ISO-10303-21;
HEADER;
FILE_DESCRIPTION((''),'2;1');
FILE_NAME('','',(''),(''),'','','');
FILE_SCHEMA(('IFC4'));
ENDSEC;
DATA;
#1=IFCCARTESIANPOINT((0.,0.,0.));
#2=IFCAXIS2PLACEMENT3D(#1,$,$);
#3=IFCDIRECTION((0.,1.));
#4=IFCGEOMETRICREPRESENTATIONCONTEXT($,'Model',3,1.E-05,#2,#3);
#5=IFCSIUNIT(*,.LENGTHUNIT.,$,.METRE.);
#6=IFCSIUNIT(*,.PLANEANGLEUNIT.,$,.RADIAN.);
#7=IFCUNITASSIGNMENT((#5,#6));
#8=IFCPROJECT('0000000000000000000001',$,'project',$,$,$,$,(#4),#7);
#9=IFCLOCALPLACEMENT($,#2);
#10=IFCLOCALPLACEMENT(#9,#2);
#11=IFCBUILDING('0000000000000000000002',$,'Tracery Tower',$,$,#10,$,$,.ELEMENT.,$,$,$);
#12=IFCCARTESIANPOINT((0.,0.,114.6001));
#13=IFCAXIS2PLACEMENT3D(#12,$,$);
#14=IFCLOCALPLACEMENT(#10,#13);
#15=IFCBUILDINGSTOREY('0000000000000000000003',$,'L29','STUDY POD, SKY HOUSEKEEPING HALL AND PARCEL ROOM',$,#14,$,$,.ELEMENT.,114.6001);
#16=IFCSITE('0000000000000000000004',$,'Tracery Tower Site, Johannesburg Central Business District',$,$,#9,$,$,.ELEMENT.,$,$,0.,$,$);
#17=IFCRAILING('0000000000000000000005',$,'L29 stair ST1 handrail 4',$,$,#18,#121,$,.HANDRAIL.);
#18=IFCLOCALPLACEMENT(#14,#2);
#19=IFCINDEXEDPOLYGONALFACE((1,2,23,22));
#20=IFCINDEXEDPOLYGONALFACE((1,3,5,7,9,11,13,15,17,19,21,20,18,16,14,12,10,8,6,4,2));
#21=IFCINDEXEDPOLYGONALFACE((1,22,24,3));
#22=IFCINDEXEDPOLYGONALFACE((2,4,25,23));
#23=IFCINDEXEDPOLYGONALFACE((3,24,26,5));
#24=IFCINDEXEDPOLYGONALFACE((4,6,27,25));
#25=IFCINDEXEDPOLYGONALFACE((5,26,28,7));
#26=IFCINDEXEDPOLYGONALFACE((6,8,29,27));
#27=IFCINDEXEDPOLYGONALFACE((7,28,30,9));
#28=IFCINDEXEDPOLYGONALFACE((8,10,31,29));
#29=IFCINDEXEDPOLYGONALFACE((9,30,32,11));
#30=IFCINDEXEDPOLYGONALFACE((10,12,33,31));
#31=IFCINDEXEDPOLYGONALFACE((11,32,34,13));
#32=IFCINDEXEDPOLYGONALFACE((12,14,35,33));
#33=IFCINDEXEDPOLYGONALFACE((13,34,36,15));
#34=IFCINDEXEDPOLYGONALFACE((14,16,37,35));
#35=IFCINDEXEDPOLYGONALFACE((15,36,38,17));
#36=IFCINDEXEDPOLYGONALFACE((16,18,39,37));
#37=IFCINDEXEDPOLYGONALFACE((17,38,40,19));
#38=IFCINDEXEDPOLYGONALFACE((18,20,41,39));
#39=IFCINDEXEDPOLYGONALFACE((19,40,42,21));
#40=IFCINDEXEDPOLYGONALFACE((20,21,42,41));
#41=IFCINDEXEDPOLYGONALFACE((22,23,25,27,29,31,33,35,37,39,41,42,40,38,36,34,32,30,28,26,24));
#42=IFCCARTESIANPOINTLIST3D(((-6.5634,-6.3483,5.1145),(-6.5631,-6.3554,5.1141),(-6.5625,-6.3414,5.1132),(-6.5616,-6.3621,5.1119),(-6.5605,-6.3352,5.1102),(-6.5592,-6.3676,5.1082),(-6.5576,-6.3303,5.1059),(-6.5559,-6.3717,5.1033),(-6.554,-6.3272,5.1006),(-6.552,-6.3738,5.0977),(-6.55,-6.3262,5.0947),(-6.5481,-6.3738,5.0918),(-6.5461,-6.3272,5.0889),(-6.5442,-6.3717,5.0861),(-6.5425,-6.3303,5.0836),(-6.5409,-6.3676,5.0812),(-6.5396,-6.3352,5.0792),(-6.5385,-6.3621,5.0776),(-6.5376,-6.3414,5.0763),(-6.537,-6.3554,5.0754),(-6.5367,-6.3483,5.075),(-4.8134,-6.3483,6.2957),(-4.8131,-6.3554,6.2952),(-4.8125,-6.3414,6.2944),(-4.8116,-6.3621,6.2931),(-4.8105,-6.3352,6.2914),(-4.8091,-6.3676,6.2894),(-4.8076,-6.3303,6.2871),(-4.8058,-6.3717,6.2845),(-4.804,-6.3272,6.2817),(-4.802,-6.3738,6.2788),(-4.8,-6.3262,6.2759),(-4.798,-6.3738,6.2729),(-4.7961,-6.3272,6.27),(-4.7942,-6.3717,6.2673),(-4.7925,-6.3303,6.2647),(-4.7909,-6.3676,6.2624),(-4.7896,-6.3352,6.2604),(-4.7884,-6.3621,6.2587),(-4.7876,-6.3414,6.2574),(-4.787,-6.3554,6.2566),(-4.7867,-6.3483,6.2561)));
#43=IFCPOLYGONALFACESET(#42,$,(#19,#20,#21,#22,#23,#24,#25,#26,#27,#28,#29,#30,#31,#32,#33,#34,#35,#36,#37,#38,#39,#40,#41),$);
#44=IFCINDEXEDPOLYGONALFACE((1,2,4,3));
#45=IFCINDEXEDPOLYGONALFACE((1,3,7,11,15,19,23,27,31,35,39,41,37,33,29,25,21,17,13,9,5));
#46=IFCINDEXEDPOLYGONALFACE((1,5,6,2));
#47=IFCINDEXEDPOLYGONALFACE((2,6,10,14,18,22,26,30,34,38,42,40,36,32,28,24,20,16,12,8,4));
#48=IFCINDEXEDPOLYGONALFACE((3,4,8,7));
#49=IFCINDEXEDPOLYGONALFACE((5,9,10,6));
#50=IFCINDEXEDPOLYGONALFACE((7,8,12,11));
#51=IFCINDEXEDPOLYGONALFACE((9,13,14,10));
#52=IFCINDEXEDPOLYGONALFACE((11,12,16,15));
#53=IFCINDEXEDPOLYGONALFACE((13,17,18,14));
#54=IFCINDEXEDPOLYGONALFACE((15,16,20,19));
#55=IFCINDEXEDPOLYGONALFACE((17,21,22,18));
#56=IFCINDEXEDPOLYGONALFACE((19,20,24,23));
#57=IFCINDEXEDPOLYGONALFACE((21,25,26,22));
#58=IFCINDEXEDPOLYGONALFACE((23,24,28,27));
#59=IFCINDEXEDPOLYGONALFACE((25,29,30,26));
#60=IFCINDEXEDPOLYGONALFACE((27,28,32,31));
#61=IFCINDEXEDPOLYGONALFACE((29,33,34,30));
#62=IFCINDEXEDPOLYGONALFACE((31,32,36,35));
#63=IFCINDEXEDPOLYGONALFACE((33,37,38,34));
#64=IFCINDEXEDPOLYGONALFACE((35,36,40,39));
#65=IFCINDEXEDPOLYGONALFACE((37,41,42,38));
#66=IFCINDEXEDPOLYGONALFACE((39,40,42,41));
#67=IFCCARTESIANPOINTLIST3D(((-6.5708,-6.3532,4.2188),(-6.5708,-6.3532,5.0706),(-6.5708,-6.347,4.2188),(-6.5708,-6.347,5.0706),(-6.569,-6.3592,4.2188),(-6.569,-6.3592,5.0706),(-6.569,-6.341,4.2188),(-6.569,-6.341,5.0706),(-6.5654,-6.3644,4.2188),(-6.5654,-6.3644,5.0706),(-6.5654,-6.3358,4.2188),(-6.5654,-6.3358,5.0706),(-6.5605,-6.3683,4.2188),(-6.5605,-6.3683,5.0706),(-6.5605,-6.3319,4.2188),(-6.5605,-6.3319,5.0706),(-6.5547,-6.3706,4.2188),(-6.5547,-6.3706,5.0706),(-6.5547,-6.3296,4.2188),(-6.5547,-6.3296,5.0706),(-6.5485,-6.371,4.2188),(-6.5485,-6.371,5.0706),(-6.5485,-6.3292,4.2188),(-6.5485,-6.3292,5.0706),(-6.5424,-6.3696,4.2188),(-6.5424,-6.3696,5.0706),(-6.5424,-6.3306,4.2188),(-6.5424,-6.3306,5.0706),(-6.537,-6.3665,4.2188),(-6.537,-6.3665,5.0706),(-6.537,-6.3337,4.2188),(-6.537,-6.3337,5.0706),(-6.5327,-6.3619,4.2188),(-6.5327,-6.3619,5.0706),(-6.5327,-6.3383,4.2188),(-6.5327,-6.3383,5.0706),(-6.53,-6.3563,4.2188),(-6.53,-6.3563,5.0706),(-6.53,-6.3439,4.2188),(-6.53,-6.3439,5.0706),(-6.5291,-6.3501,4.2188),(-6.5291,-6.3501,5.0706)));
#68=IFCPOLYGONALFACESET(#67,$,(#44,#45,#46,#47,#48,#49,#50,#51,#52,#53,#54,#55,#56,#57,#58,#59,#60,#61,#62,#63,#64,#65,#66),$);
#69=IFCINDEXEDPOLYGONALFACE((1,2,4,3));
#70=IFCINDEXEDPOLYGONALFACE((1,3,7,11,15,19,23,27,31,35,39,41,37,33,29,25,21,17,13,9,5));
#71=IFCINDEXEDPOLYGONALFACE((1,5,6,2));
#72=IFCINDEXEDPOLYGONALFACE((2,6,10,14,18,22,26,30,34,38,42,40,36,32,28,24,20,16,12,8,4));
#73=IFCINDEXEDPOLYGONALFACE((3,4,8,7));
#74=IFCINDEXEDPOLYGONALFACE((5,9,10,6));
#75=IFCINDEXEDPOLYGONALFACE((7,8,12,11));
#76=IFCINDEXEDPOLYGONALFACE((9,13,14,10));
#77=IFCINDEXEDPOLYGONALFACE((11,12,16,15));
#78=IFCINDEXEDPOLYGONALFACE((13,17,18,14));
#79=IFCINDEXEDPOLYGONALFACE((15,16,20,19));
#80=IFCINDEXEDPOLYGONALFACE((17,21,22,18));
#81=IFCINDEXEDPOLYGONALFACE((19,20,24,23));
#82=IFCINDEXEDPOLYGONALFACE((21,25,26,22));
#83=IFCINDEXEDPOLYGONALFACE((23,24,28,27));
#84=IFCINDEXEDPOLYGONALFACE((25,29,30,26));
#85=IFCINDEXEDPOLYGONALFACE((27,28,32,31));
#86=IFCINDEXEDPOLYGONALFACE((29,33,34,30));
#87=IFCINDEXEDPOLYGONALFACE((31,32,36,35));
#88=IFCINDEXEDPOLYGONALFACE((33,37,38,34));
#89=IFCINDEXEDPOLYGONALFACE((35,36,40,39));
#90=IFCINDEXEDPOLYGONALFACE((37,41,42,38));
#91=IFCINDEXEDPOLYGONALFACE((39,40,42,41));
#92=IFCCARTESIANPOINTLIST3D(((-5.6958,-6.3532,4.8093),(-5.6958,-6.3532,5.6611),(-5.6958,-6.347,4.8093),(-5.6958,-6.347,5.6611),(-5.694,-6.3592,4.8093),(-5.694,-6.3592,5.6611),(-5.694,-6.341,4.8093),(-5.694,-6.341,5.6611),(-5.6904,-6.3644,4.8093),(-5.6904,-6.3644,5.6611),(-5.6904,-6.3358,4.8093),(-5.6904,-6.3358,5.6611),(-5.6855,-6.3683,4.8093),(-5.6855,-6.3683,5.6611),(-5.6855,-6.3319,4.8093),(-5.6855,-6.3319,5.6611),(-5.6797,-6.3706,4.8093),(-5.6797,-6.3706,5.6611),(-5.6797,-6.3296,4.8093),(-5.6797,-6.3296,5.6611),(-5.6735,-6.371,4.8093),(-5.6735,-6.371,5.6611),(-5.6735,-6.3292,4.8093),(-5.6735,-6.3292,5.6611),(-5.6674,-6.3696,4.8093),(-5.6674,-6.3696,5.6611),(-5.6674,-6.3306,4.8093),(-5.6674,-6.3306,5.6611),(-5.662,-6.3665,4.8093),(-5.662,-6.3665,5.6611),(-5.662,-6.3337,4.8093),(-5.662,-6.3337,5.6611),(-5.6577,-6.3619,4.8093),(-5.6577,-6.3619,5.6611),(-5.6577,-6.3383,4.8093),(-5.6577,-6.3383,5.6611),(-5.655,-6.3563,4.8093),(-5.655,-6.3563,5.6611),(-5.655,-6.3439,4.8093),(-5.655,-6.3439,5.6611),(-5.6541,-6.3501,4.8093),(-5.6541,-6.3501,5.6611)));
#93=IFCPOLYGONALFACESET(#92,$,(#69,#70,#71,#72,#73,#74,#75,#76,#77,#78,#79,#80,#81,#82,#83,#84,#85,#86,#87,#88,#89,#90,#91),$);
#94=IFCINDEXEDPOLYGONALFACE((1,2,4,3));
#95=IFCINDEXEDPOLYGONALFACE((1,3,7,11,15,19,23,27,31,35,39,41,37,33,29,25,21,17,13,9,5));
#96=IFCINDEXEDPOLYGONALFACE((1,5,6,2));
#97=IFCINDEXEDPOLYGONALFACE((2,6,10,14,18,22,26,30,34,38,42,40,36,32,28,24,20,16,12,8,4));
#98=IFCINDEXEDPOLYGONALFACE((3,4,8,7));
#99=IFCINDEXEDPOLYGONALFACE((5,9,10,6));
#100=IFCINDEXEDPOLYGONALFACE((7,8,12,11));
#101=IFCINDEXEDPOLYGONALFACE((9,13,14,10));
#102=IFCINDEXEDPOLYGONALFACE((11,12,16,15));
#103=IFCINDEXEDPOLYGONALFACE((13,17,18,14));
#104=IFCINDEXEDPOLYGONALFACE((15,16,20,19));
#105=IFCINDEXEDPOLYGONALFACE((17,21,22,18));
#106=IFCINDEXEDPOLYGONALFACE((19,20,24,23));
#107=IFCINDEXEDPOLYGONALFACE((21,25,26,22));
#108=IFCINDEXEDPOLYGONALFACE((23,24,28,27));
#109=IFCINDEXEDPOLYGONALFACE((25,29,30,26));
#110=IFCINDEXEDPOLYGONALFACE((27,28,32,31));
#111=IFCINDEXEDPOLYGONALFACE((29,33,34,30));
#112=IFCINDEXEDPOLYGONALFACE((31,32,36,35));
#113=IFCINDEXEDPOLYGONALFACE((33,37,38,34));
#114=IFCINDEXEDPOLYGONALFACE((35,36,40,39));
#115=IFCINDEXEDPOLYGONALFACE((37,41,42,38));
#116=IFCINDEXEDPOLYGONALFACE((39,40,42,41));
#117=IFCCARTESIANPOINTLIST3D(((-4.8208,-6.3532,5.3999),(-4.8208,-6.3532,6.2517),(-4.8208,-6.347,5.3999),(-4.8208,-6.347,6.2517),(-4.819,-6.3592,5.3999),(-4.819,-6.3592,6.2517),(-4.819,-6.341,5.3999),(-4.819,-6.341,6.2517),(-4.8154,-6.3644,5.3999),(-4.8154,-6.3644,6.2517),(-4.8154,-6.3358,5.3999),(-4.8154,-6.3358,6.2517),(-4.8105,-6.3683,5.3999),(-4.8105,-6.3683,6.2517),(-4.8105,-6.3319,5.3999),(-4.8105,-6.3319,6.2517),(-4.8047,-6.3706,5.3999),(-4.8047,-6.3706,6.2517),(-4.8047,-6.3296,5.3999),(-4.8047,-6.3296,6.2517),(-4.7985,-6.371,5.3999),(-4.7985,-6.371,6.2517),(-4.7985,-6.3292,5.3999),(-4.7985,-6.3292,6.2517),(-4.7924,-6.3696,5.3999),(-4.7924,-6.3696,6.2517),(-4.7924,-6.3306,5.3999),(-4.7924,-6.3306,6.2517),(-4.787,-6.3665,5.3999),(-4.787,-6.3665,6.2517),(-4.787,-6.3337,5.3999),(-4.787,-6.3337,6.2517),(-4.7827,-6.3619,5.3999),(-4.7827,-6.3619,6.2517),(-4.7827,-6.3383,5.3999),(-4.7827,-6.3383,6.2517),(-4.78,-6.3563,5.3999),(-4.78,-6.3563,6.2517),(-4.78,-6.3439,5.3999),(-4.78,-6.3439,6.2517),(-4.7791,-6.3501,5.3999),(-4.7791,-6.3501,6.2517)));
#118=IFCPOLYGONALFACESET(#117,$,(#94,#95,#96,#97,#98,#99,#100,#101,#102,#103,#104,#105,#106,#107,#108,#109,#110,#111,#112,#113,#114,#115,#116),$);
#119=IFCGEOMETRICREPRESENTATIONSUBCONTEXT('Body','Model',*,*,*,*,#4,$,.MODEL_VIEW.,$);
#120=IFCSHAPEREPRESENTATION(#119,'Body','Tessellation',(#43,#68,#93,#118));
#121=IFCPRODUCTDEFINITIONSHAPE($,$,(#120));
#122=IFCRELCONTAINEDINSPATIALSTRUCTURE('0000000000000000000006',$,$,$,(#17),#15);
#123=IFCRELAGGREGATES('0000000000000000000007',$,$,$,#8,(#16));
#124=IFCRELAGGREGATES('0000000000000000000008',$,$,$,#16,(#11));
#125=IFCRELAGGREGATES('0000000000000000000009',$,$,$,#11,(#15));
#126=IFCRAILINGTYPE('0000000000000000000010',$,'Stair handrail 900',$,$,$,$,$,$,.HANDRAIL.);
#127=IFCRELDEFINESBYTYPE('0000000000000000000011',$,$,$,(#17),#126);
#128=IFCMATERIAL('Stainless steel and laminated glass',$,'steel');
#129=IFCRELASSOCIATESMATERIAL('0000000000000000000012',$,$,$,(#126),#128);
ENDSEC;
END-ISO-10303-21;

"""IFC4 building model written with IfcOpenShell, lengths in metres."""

from ifc_helpers import new_model, si_unit, direction, frame, origin, origin_2d, place, context, subcontext, project, spatial, circle, extrude, material, type_object, element, save


model = new_model("IFC4")

# Units and contexts
model_context = context("Model", 3, precision=1e-05, world=origin(), true_north=direction((0.0, 1.0)))
body_context = subcontext(model_context, "Body", "Model", "MODEL_VIEW")
ifc_project = project(units=[si_unit("LENGTHUNIT", "METRE"), si_unit("PLANEANGLEUNIT", "RADIAN")], contexts=[model_context])

# Site, building, storey
site_placement = place(None, origin())
site = spatial("IfcSite", under=ifc_project, at=site_placement, Name="Tracery Tower Site, Johannesburg Central Business District", CompositionType="ELEMENT", RefElevation=0.0)
building_placement = place(site_placement, origin())
building = spatial("IfcBuilding", under=site, at=building_placement, Name="Tracery Tower", CompositionType="ELEMENT")
storey_placement = place(building_placement, frame((0.0, 0.0, 114.6001)))
storey = spatial("IfcBuildingStorey", under=building, at=storey_placement, Name="L29", Description="STUDY POD, SKY HOUSEKEEPING HALL AND PARCEL ROOM", CompositionType="ELEMENT", Elevation=114.6001)

# Railing
ifc_material_1 = material(Name="Stainless steel and laminated glass", Category="steel")
railing_type_1 = type_object("IfcRailingType", Name="Stair handrail 900", PredefinedType="HANDRAIL", material=ifc_material_1)
railing_1_placement = place(storey_placement, frame((-6.55, -6.3501, 4.2188)))
element("IfcRailing", 1, at=railing_1_placement, inside=storey, type_object=railing_type_1, Name="L29 stair ST1 handrail 4", PredefinedType="HANDRAIL", context=body_context, shape_type="SweptSolid", body=[
    extrude(circle(Radius=0.0239, at=origin_2d()), frame((0.0, 0.0, 0.876), z_axis=(0.82887, 0.0, 0.559441), x_axis=(0.0, 1.0, 0.0)), (0.0, 0.0, 1.0), 2.1113),
    extrude(circle(Radius=0.021, at=origin_2d()), origin(), (0.0, 0.0, 1.0), 0.8518),
    extrude(circle(Radius=0.021, at=origin_2d()), frame((0.875, 0.0, 0.5906)), (0.0, 0.0, 1.0), 0.8518),
    extrude(circle(Radius=0.021, at=origin_2d()), frame((1.75, 0.0, 1.1812)), (0.0, 0.0, 1.0), 0.8518),
])

save(model, "model.ifc")
